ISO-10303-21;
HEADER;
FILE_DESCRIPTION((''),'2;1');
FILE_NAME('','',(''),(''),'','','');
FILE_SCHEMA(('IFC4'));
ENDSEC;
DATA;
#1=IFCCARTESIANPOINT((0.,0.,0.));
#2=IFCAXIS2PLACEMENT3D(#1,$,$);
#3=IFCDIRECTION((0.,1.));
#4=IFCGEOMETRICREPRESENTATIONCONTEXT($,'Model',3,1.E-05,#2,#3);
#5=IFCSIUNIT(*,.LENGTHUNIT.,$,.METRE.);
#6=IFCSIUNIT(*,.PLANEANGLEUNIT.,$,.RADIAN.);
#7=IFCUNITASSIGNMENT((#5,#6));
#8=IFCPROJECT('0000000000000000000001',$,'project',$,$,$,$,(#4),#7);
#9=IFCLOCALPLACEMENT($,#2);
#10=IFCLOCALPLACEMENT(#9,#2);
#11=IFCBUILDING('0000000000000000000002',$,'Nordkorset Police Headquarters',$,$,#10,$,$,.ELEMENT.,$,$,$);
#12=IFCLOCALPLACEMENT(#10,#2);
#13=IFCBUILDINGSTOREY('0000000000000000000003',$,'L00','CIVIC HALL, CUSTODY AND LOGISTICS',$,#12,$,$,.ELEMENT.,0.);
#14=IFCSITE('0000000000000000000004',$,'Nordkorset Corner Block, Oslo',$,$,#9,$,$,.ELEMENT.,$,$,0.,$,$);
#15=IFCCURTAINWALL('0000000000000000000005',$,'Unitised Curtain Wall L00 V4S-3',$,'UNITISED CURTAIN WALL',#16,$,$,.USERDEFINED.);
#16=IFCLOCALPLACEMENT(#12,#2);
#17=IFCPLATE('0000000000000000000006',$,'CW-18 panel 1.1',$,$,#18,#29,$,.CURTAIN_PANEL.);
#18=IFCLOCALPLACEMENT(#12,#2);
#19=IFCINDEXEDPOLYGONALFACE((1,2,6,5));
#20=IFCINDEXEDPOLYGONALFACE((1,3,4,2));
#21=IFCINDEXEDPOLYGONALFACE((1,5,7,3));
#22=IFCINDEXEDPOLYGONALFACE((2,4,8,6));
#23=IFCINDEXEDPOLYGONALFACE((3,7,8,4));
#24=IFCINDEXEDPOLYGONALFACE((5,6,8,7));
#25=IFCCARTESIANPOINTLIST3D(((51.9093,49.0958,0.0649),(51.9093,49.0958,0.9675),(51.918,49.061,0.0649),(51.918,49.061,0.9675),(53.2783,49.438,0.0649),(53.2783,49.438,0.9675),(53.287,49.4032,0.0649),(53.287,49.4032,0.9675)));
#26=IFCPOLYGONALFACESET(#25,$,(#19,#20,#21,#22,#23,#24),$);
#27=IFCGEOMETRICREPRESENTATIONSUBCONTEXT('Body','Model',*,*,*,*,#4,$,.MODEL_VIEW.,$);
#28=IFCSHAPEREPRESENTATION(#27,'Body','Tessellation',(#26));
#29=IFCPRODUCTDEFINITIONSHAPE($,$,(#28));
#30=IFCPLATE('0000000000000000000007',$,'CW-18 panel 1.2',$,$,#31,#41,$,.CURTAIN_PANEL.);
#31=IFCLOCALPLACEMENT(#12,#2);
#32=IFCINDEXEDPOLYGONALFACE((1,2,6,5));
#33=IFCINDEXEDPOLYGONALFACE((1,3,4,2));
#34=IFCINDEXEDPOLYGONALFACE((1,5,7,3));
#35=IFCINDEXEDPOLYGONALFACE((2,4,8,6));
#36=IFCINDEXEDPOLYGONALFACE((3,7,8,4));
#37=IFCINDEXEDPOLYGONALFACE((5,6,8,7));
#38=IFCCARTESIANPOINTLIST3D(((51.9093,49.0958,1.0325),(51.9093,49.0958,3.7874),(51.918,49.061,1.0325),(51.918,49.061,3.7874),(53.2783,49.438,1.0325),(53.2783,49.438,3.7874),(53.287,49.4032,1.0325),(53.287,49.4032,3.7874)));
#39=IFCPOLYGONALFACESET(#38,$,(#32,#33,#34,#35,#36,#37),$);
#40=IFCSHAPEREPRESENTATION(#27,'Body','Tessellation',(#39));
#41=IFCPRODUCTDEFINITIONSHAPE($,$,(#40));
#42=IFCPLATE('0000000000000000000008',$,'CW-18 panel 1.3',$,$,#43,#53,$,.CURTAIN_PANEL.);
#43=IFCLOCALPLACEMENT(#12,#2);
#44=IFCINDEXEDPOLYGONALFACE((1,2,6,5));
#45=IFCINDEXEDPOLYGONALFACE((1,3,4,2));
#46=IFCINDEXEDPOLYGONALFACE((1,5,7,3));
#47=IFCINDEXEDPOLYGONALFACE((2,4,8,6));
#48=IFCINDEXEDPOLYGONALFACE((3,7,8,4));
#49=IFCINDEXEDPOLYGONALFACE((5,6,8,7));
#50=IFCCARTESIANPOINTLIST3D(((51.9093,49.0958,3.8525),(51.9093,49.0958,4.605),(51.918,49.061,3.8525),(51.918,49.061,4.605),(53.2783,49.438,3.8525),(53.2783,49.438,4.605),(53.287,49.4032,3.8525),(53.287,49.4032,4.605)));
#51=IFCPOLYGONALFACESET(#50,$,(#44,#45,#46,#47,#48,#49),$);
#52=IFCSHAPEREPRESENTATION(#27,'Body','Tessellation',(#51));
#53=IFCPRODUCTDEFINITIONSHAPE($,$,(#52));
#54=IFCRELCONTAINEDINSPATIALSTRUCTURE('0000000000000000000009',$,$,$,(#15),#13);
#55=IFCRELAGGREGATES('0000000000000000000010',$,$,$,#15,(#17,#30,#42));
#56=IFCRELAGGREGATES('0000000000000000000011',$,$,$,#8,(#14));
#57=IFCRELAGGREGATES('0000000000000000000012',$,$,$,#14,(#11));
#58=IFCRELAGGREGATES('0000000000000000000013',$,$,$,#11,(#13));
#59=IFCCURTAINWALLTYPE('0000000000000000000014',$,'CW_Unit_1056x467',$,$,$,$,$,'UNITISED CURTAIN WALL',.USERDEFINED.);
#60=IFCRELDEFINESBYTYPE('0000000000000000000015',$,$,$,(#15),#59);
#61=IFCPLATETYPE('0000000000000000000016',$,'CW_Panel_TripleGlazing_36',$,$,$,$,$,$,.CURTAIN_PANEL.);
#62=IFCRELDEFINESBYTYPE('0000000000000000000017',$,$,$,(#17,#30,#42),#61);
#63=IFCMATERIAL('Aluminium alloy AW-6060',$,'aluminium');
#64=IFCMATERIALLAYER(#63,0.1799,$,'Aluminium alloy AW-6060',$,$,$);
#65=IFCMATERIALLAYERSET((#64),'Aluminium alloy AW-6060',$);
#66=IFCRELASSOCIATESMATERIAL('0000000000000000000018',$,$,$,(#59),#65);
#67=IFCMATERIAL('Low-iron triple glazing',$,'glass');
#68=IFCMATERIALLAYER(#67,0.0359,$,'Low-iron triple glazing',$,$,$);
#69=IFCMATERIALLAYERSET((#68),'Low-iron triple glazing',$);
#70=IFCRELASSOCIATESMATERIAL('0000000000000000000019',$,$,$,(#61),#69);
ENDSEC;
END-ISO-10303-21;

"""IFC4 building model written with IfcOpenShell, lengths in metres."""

from ifc_helpers import new_model, si_unit, direction, frame, origin, origin_2d, place, context, subcontext, project, spatial, rectangle, extrude, material, layer, layer_set, type_object, element, aggregate, save


model = new_model("IFC4")

# Units and contexts
model_context = context("Model", 3, precision=1e-05, world=origin(), true_north=direction((0.0, 1.0)))
body_context = subcontext(model_context, "Body", "Model", "MODEL_VIEW")
ifc_project = project(units=[si_unit("LENGTHUNIT", "METRE"), si_unit("PLANEANGLEUNIT", "RADIAN")], contexts=[model_context])

# Site, building, storey
site_placement = place(None, origin())
site = spatial("IfcSite", under=ifc_project, at=site_placement, Name="Nordkorset Corner Block, Oslo", CompositionType="ELEMENT", RefElevation=0.0)
building_placement = place(site_placement, origin())
building = spatial("IfcBuilding", under=site, at=building_placement, Name="Nordkorset Police Headquarters", CompositionType="ELEMENT")
storey_placement = place(building_placement, origin())
storey = spatial("IfcBuildingStorey", under=building, at=storey_placement, Name="L00", Description="CIVIC HALL, CUSTODY AND LOGISTICS", CompositionType="ELEMENT", Elevation=0.0)

# Curtain wall
ifc_material_1 = material(Name="Aluminium alloy AW-6060", Category="aluminium")
ifc_layer_1 = layer(ifc_material_1, 0.1799, Name="Aluminium alloy AW-6060")
ifc_layer_set_1 = layer_set([ifc_layer_1], Name="Aluminium alloy AW-6060")
curtain_wall_type_1 = type_object("IfcCurtainWallType", Name="CW_Unit_1056x467", ElementType="UNITISED CURTAIN WALL", PredefinedType="USERDEFINED", material=ifc_layer_set_1)
curtain_wall_1_placement = place(storey_placement, origin())
curtain_wall_1 = element("IfcCurtainWall", 1, at=curtain_wall_1_placement, inside=storey, type_object=curtain_wall_type_1, Name="Unitised Curtain Wall L00 V4S-3", ObjectType="UNITISED CURTAIN WALL", PredefinedType="USERDEFINED")

# Plates
ifc_material_2 = material(Name="Low-iron triple glazing", Category="glass")
ifc_layer_2 = layer(ifc_material_2, 0.0359, Name="Low-iron triple glazing")
ifc_layer_set_2 = layer_set([ifc_layer_2], Name="Low-iron triple glazing")
plate_type = type_object("IfcPlateType", Name="CW_Panel_TripleGlazing_36", PredefinedType="CURTAIN_PANEL", material=ifc_layer_set_2)
plate_1_placement = place(storey_placement, frame((52.5981, 49.2495, 0.0649), z_axis=(0.0, 0.0, 1.0), x_axis=(0.970143, 0.242535, 0.0)))
plate_1 = element("IfcPlate", 2, at=plate_1_placement, type_object=plate_type, Name="CW-18 panel 1.1", PredefinedType="CURTAIN_PANEL", context=body_context, shape_type="SweptSolid", body=[
    extrude(rectangle(XDim=1.4111, YDim=0.0359, at=origin_2d()), origin(), (0.0, 0.0, 1.0), 0.9026),
])
plate_2_placement = place(storey_placement, frame((52.5981, 49.2495, 1.0325), z_axis=(0.0, 0.0, 1.0), x_axis=(0.970143, 0.242535, 0.0)))
plate_2 = element("IfcPlate", 3, at=plate_2_placement, type_object=plate_type, Name="CW-18 panel 1.2", PredefinedType="CURTAIN_PANEL", context=body_context, shape_type="SweptSolid", body=[
    extrude(rectangle(XDim=1.4111, YDim=0.0359, at=origin_2d()), origin(), (0.0, 0.0, 1.0), 2.7549),
])
plate_3_placement = place(storey_placement, frame((52.5981, 49.2495, 3.8525), z_axis=(0.0, 0.0, 1.0), x_axis=(0.970143, 0.242535, 0.0)))
plate_3 = element("IfcPlate", 4, at=plate_3_placement, type_object=plate_type, Name="CW-18 panel 1.3", PredefinedType="CURTAIN_PANEL", context=body_context, shape_type="SweptSolid", body=[
    extrude(rectangle(XDim=1.4111, YDim=0.0359, at=origin_2d()), origin(), (0.0, 0.0, 1.0), 0.7524),
])
aggregate(curtain_wall_1, [plate_1, plate_2, plate_3])

save(model, "model.ifc")
